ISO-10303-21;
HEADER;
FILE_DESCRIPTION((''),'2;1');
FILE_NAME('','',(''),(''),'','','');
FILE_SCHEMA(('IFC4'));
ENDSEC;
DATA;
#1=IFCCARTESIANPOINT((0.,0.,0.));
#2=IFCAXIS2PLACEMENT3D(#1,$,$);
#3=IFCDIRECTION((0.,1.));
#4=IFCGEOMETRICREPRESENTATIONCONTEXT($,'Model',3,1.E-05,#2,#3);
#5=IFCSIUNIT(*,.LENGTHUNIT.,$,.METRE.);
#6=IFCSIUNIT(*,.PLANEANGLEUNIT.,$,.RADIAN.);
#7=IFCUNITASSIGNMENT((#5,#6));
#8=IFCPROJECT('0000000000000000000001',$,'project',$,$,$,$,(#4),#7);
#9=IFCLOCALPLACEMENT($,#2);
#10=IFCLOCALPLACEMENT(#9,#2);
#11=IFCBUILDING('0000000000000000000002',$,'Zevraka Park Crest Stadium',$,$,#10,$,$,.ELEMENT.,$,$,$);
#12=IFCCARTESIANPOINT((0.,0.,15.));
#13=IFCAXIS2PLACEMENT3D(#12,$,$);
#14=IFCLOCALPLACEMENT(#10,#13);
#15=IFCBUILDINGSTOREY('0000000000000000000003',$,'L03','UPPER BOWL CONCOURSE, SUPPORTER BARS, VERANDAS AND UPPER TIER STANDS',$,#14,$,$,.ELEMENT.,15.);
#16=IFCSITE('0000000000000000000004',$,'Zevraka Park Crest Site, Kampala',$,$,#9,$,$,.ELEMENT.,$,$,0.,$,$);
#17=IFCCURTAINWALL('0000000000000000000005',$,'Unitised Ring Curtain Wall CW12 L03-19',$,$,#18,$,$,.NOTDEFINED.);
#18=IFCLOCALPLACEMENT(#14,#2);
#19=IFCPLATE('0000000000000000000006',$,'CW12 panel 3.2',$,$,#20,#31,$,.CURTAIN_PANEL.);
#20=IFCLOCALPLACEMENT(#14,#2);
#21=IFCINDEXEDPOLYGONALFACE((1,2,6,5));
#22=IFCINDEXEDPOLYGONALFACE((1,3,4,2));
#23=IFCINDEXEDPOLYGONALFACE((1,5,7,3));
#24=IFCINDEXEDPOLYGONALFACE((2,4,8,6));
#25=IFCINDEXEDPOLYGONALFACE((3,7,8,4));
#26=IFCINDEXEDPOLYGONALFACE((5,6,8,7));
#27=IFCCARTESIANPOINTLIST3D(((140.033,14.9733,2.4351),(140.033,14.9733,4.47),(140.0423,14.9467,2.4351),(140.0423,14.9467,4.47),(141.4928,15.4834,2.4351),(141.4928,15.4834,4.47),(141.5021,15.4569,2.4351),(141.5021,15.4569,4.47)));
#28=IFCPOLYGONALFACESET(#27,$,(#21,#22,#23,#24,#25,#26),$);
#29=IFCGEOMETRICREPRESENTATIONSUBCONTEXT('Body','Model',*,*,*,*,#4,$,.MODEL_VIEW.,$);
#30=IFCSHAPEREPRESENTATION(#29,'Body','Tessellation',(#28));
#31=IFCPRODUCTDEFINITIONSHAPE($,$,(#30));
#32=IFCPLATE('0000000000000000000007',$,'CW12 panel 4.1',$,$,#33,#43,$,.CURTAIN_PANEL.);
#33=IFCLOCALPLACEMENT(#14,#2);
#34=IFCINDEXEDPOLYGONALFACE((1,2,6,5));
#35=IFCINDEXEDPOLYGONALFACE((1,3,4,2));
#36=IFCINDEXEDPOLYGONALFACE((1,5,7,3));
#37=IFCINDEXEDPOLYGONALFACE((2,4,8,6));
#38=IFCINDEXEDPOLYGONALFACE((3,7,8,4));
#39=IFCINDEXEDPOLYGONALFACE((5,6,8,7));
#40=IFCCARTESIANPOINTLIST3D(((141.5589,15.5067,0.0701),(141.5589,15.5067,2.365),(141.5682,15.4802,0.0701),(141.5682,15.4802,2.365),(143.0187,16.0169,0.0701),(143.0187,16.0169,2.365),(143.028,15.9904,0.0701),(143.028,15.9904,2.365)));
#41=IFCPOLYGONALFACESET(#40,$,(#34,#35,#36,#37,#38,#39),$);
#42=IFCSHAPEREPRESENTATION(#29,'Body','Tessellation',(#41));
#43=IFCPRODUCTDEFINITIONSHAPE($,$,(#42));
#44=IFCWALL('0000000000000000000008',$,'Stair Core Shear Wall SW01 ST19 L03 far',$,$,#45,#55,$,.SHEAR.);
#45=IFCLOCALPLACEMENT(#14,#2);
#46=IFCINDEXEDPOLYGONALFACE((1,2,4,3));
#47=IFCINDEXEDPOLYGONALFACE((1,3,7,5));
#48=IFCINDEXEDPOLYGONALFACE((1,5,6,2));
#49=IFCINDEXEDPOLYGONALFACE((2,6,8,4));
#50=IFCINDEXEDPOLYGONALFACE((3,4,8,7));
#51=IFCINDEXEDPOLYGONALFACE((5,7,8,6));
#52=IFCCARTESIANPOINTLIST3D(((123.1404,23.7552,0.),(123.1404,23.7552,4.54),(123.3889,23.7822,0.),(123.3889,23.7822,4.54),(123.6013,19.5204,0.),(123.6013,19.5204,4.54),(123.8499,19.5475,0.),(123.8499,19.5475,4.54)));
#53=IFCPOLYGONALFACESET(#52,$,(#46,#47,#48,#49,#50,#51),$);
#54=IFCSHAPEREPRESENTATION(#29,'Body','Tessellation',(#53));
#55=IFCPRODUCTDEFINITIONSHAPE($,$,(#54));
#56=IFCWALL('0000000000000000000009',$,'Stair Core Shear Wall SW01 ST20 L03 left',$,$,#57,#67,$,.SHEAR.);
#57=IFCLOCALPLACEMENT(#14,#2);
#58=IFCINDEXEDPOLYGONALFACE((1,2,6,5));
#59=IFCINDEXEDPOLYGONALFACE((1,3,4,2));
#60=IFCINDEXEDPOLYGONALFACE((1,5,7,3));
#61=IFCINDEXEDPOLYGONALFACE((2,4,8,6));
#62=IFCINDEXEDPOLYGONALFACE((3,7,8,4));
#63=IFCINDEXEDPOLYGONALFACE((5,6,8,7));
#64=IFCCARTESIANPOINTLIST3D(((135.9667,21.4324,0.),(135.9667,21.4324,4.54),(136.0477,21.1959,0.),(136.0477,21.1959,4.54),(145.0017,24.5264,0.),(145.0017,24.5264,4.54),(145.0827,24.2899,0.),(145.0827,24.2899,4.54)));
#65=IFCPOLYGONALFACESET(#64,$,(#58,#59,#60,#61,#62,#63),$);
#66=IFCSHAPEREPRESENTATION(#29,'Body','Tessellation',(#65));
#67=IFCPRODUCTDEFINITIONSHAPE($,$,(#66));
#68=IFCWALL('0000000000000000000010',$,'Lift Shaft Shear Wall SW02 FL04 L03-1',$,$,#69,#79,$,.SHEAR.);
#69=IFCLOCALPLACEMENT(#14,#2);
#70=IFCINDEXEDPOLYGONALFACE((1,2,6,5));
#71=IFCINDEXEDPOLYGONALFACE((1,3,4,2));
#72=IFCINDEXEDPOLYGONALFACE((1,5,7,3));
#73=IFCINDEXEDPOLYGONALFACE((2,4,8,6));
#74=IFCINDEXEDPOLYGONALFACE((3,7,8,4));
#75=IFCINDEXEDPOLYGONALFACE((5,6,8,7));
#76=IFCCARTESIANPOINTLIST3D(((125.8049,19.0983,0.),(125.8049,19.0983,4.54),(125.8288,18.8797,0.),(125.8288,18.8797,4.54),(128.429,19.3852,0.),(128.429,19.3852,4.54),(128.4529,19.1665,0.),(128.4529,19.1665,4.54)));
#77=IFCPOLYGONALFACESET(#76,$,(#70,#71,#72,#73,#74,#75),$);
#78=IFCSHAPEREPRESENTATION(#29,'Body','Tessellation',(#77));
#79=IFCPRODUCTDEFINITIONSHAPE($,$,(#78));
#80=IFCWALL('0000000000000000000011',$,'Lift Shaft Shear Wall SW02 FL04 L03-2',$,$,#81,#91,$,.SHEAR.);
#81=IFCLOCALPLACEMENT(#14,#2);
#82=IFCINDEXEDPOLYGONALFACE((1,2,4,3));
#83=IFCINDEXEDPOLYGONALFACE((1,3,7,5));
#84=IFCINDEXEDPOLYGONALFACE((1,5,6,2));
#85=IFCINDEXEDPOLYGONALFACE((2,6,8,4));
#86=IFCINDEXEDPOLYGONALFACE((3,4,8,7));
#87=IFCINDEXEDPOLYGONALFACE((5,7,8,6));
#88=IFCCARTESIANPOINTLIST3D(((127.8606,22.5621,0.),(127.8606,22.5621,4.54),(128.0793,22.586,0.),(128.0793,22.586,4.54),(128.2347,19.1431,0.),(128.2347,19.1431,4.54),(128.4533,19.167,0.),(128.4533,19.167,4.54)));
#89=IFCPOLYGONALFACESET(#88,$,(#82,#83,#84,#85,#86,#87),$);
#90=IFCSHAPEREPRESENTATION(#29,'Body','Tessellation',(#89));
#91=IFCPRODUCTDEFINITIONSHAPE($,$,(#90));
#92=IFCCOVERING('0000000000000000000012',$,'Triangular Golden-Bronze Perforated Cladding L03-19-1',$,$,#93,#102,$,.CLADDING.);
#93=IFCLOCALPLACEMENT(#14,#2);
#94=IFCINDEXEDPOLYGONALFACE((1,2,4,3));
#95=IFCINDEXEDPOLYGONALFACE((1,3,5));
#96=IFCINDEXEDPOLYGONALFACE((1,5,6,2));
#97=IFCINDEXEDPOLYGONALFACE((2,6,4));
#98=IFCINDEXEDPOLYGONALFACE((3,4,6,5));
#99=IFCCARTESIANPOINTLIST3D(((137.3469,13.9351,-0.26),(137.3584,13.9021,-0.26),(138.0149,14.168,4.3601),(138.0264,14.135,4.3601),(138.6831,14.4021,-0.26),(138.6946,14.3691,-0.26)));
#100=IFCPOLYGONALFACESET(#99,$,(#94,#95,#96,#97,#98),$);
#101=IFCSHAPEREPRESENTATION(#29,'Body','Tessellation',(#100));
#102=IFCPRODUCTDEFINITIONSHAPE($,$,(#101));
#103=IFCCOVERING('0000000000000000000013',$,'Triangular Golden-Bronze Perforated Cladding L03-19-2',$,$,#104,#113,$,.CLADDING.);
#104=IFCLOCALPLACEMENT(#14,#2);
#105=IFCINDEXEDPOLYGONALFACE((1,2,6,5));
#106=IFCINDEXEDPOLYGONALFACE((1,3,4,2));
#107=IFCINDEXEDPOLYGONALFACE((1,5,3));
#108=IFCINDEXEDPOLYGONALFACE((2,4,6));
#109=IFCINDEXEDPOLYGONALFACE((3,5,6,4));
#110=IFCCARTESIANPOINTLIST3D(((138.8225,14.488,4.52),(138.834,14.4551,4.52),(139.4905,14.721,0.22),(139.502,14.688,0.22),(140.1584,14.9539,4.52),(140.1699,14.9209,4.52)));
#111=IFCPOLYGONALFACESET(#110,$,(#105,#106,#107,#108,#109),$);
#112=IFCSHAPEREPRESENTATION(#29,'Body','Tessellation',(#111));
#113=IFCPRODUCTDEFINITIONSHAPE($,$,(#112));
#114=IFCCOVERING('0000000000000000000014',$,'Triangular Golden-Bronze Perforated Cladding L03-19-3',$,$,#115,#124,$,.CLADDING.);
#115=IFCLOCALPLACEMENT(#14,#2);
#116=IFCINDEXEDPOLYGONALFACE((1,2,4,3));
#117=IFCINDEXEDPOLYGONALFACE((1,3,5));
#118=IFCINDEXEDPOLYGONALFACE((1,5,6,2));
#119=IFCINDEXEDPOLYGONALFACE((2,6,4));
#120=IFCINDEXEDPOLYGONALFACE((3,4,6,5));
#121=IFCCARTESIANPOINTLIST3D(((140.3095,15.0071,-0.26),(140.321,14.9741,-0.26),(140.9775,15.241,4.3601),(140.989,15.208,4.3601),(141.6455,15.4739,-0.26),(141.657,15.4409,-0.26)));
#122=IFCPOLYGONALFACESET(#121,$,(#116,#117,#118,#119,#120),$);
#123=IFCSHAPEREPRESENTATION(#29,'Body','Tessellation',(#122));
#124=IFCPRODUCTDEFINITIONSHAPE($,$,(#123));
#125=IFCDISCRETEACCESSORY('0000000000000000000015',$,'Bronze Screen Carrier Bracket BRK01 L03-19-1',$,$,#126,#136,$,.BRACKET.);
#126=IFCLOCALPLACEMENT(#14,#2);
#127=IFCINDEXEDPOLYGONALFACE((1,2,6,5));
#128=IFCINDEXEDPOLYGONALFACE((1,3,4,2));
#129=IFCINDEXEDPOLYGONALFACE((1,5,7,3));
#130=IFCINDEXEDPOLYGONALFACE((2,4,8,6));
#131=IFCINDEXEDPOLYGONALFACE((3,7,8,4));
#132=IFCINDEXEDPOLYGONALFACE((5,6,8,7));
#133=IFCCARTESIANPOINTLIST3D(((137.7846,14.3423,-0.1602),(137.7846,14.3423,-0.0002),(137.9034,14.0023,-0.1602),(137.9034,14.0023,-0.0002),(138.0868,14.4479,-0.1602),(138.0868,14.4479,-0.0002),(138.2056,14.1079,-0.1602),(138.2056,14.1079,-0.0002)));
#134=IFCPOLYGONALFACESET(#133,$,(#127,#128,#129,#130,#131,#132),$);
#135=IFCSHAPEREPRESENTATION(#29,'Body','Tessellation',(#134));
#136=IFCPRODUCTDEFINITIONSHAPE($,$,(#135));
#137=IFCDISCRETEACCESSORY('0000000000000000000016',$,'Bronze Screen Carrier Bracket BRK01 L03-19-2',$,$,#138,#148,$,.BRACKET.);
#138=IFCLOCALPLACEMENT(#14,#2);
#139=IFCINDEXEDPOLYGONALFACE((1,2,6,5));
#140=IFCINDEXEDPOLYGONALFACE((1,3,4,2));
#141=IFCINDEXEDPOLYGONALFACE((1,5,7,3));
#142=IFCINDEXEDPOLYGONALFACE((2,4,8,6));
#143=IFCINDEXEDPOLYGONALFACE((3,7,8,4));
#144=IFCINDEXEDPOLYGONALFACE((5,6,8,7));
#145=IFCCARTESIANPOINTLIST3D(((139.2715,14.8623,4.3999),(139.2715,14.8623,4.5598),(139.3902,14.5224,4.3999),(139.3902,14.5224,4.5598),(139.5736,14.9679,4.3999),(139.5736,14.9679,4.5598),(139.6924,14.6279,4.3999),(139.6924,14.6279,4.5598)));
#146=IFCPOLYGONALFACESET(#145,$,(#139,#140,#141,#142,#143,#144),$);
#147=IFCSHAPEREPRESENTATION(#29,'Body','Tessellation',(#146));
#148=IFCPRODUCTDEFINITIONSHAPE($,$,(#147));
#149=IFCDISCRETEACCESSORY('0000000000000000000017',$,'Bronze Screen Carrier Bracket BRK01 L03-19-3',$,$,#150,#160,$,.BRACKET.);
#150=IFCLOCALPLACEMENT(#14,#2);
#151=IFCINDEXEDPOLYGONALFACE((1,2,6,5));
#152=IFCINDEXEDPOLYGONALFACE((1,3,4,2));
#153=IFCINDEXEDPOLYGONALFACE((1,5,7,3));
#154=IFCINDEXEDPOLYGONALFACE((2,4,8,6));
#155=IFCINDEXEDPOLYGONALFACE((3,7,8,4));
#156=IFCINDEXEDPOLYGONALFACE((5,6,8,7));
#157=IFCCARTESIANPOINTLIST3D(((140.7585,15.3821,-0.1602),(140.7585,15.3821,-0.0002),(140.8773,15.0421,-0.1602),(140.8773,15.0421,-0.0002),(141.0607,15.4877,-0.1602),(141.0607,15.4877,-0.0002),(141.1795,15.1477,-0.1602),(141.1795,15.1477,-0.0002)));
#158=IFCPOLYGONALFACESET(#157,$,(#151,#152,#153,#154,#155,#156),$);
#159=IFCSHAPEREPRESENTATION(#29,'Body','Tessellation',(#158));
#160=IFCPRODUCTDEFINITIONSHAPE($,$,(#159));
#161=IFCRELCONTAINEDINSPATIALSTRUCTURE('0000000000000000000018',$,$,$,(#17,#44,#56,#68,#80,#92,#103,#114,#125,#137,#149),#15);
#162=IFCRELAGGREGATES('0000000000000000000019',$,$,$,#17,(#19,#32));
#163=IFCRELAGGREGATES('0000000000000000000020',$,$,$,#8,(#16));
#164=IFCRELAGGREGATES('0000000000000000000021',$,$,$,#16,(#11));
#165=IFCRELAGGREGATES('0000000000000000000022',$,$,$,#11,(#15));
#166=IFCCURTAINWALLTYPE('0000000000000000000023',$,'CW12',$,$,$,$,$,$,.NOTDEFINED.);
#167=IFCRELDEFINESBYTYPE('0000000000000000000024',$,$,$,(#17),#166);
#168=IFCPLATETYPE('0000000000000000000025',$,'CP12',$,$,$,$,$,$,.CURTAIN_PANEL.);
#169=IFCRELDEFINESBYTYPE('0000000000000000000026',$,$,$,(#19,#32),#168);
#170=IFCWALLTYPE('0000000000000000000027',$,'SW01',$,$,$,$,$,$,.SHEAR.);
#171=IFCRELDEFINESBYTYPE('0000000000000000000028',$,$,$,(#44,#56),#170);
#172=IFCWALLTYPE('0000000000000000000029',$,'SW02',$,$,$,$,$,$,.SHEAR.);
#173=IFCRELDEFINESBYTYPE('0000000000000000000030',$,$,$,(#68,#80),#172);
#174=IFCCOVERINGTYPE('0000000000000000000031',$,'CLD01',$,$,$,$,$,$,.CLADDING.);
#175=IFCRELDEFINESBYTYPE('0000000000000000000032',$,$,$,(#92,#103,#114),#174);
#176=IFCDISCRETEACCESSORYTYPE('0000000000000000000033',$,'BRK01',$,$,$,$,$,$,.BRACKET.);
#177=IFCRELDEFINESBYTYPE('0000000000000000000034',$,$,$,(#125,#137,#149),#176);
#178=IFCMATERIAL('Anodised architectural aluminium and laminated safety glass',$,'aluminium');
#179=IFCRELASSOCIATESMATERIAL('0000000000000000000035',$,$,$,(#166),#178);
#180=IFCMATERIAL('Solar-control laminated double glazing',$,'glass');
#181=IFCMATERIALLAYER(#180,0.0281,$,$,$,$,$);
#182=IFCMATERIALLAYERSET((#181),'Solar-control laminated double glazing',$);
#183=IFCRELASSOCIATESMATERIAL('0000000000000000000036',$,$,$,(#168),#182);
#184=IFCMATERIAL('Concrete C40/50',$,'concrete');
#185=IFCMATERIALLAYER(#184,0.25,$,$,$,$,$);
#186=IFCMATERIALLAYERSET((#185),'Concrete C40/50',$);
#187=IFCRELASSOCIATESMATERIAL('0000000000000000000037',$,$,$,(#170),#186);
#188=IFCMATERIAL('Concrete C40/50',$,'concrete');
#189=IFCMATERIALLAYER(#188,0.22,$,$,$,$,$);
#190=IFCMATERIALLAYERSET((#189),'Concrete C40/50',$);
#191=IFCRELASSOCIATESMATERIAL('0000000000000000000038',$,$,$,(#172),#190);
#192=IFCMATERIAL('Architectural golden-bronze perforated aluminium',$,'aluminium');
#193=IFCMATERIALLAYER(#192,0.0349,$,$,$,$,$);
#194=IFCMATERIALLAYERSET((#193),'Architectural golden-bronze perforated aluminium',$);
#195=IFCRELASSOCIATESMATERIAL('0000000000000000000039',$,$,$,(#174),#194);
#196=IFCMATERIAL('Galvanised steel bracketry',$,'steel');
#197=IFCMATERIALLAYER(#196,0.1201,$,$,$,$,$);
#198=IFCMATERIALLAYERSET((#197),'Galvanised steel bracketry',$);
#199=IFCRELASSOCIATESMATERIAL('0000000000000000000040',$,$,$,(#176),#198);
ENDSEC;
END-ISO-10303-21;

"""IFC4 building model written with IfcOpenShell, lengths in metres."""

from ifc_helpers import new_model, si_unit, direction, frame, frame_2d, origin, origin_2d, place, context, subcontext, project, spatial, polyline, rectangle, outline, extrude, material, layer, layer_set, type_object, element, aggregate, save


model = new_model("IFC4")

# Units and contexts
model_context = context("Model", 3, precision=1e-05, world=origin(), true_north=direction((0.0, 1.0)))
body_context = subcontext(model_context, "Body", "Model", "MODEL_VIEW")
ifc_project = project(units=[si_unit("LENGTHUNIT", "METRE"), si_unit("PLANEANGLEUNIT", "RADIAN")], contexts=[model_context])

# Site, building, storey
site_placement = place(None, origin())
site = spatial("IfcSite", under=ifc_project, at=site_placement, Name="Zevraka Park Crest Site, Kampala", CompositionType="ELEMENT", RefElevation=0.0)
building_placement = place(site_placement, origin())
building = spatial("IfcBuilding", under=site, at=building_placement, Name="Zevraka Park Crest Stadium", CompositionType="ELEMENT")
storey_placement = place(building_placement, frame((0.0, 0.0, 15.0)))
storey = spatial("IfcBuildingStorey", under=building, at=storey_placement, Name="L03", Description="UPPER BOWL CONCOURSE, SUPPORTER BARS, VERANDAS AND UPPER TIER STANDS", CompositionType="ELEMENT", Elevation=15.0)

# Curtain wall
ifc_material_1 = material(Name="Anodised architectural aluminium and laminated safety glass", Category="aluminium")
curtain_wall_type = type_object("IfcCurtainWallType", Name="CW12", PredefinedType="NOTDEFINED", material=ifc_material_1)
curtain_wall_placement = place(storey_placement, origin())
curtain_wall = element("IfcCurtainWall", 1, at=curtain_wall_placement, inside=storey, type_object=curtain_wall_type, Name="Unitised Ring Curtain Wall CW12 L03-19", PredefinedType="NOTDEFINED")

# Plates
ifc_material_2 = material(Name="Solar-control laminated double glazing", Category="glass")
ifc_layer_1 = layer(ifc_material_2, 0.0281)
ifc_layer_set_1 = layer_set([ifc_layer_1], Name="Solar-control laminated double glazing")
plate_type = type_object("IfcPlateType", Name="CP12", PredefinedType="CURTAIN_PANEL", material=ifc_layer_set_1)
plate_1_placement = place(storey_placement, frame((140.7676, 15.2151, 2.4351), z_axis=(0.0, 0.0, 1.0), x_axis=(0.94401, 0.329917, 0.0)))
plate_1 = element("IfcPlate", 2, at=plate_1_placement, type_object=plate_type, Name="CW12 panel 3.2", PredefinedType="CURTAIN_PANEL", context=body_context, shape_type="SweptSolid", body=[
    extrude(rectangle(XDim=1.5464, YDim=0.0281, at=origin_2d()), origin(), (0.0, 0.0, 1.0), 2.0349),
])
plate_2_placement = place(storey_placement, frame((142.2935, 15.7485, 0.0701), z_axis=(0.0, 0.0, 1.0), x_axis=(0.94401, 0.329917, 0.0)))
plate_2 = element("IfcPlate", 3, at=plate_2_placement, type_object=plate_type, Name="CW12 panel 4.1", PredefinedType="CURTAIN_PANEL", context=body_context, shape_type="SweptSolid", body=[
    extrude(rectangle(XDim=1.5464, YDim=0.0281, at=origin_2d()), origin(), (0.0, 0.0, 1.0), 2.2949),
])
aggregate(curtain_wall, [plate_1, plate_2])

# Walls
ifc_material_3 = material(Name="Concrete C40/50", Category="concrete")
ifc_layer_2 = layer(ifc_material_3, 0.25)
ifc_layer_set_2 = layer_set([ifc_layer_2], Name="Concrete C40/50")
wall_type_1 = type_object("IfcWallType", Name="SW01", PredefinedType="SHEAR", material=ifc_layer_set_2)
wall_1_placement = place(storey_placement, frame((123.7256, 19.5339, 0.0), z_axis=(0.0, 0.0, 1.0), x_axis=(-0.108204, 0.994129, 0.0)))
element("IfcWall", 4, at=wall_1_placement, inside=storey, type_object=wall_type_1, Name="Stair Core Shear Wall SW01 ST19 L03 far", PredefinedType="SHEAR", context=body_context, shape_type="SweptSolid", body=[
    extrude(rectangle(XDim=4.2598, YDim=0.25, at=frame_2d((2.1299, 0.0))), origin(), (0.0, 0.0, 1.0), 4.54),
])
wall_2_placement = place(storey_placement, frame((136.0073, 21.3142, 0.0), z_axis=(0.0, 0.0, 1.0), x_axis=(0.946064, 0.323979, 0.0)))
element("IfcWall", 5, at=wall_2_placement, inside=storey, type_object=wall_type_1, Name="Stair Core Shear Wall SW01 ST20 L03 left", PredefinedType="SHEAR", context=body_context, shape_type="SweptSolid", body=[
    extrude(rectangle(XDim=9.55, YDim=0.25, at=frame_2d((4.7749, 0.0))), origin(), (0.0, 0.0, 1.0), 4.54),
])
ifc_material_4 = material(Name="Concrete C40/50", Category="concrete")
ifc_layer_3 = layer(ifc_material_4, 0.22)
ifc_layer_set_3 = layer_set([ifc_layer_3], Name="Concrete C40/50")
wall_type_2 = type_object("IfcWallType", Name="SW02", PredefinedType="SHEAR", material=ifc_layer_set_3)
wall_3_placement = place(storey_placement, frame((125.8169, 18.989, 0.0), z_axis=(0.0, 0.0, 1.0), x_axis=(0.994077, 0.108675, 0.0)))
element("IfcWall", 6, at=wall_3_placement, inside=storey, type_object=wall_type_2, Name="Lift Shaft Shear Wall SW02 FL04 L03-1", PredefinedType="SHEAR", context=body_context, shape_type="SweptSolid", body=[
    extrude(rectangle(XDim=2.6396, YDim=0.22, at=frame_2d((1.3198, 0.0))), origin(), (0.0, 0.0, 1.0), 4.54),
])
wall_4_placement = place(storey_placement, frame((128.344, 19.155, 0.0), z_axis=(0.0, 0.0, 1.0), x_axis=(-0.108749, 0.994069, 0.0)))
element("IfcWall", 7, at=wall_4_placement, inside=storey, type_object=wall_type_2, Name="Lift Shaft Shear Wall SW02 FL04 L03-2", PredefinedType="SHEAR", context=body_context, shape_type="SweptSolid", body=[
    extrude(rectangle(XDim=3.4395, YDim=0.22, at=frame_2d((1.7197, 0.0))), origin(), (0.0, 0.0, 1.0), 4.54),
])

# Coverings
ifc_material_5 = material(Name="Architectural golden-bronze perforated aluminium", Category="aluminium")
ifc_layer_4 = layer(ifc_material_5, 0.0349)
ifc_layer_set_4 = layer_set([ifc_layer_4], Name="Architectural golden-bronze perforated aluminium")
covering_type = type_object("IfcCoveringType", Name="CLD01", PredefinedType="CLADDING", material=ifc_layer_set_4)
covering_1_placement = place(storey_placement, frame((137.3469, 13.9351, -0.26), z_axis=(-0.329959, 0.943995, 0.000116), x_axis=(0.943995, 0.329959, 0.0)))
element("IfcCovering", 8, at=covering_1_placement, inside=storey, type_object=covering_type, Name="Triangular Golden-Bronze Perforated Cladding L03-19-1", PredefinedType="CLADDING", context=body_context, shape_type="SweptSolid", body=[
    extrude(outline(polyline([(0.0, 0.0), (1.4155, 0.0), (0.7074, -4.6201), (0.0, 0.0)])), origin(), (0.0, 0.0, -1.0), 0.0349),
])
covering_2_placement = place(storey_placement, frame((140.1699, 14.9209, 4.52), z_axis=(0.329243, -0.944245, 0.0), x_axis=(-0.944245, -0.329243, 0.0)))
element("IfcCovering", 9, at=covering_2_placement, inside=storey, type_object=covering_type, Name="Triangular Golden-Bronze Perforated Cladding L03-19-2", PredefinedType="CLADDING", context=body_context, shape_type="SweptSolid", body=[
    extrude(outline(polyline([(0.0, 0.0), (1.4148, 0.0), (0.7074, 4.3), (0.0, 0.0)])), origin(), (0.0, 0.0, -1.0), 0.0349),
])
covering_3_placement = place(storey_placement, frame((140.321, 14.9741, -0.26), z_axis=(0.329859, -0.94403, 0.0001), x_axis=(0.94403, 0.329859, 0.0)))
element("IfcCovering", 10, at=covering_3_placement, inside=storey, type_object=covering_type, Name="Triangular Golden-Bronze Perforated Cladding L03-19-3", PredefinedType="CLADDING", context=body_context, shape_type="SweptSolid", body=[
    extrude(outline(polyline([(0.0, 0.0), (1.4151, 0.0), (0.7077, 4.6201), (0.0, 0.0)])), origin(), (0.0, 0.0, -1.0), 0.0349),
])

# Discrete accessories
ifc_material_6 = material(Name="Galvanised steel bracketry", Category="steel")
ifc_layer_5 = layer(ifc_material_6, 0.1201)
ifc_layer_set_5 = layer_set([ifc_layer_5], Name="Galvanised steel bracketry")
discrete_accessory_type = type_object("IfcDiscreteAccessoryType", Name="BRK01", PredefinedType="BRACKET", material=ifc_layer_set_5)
for number, where, z_axis, x_axis, name in (
    (11, (137.9951, 14.2251, -0.1602), (0.0, 0.0, 1.0), (0.944031, 0.329855, 0.0), "Bronze Screen Carrier Bracket BRK01 L03-19-1"),
    (12, (139.4819, 14.7451, 4.3999), (0.0, 0.0, 1.0), (0.944031, 0.329855, 0.0), "Bronze Screen Carrier Bracket BRK01 L03-19-2"),
    (13, (140.969, 15.2649, -0.1602), (0.0, 0.0, 1.0), (0.944031, 0.329855, 0.0), "Bronze Screen Carrier Bracket BRK01 L03-19-3"),
):
    element("IfcDiscreteAccessory", number, at=place(storey_placement, frame(where, z_axis=z_axis, x_axis=x_axis)), inside=storey, type_object=discrete_accessory_type, Name=name, PredefinedType="BRACKET", context=body_context, shape_type="SweptSolid", body=[
        extrude(rectangle(XDim=0.3201, YDim=0.3601, at=origin_2d()), origin(), (0.0, 0.0, 1.0), 0.1599),
    ])

save(model, "model.ifc")
